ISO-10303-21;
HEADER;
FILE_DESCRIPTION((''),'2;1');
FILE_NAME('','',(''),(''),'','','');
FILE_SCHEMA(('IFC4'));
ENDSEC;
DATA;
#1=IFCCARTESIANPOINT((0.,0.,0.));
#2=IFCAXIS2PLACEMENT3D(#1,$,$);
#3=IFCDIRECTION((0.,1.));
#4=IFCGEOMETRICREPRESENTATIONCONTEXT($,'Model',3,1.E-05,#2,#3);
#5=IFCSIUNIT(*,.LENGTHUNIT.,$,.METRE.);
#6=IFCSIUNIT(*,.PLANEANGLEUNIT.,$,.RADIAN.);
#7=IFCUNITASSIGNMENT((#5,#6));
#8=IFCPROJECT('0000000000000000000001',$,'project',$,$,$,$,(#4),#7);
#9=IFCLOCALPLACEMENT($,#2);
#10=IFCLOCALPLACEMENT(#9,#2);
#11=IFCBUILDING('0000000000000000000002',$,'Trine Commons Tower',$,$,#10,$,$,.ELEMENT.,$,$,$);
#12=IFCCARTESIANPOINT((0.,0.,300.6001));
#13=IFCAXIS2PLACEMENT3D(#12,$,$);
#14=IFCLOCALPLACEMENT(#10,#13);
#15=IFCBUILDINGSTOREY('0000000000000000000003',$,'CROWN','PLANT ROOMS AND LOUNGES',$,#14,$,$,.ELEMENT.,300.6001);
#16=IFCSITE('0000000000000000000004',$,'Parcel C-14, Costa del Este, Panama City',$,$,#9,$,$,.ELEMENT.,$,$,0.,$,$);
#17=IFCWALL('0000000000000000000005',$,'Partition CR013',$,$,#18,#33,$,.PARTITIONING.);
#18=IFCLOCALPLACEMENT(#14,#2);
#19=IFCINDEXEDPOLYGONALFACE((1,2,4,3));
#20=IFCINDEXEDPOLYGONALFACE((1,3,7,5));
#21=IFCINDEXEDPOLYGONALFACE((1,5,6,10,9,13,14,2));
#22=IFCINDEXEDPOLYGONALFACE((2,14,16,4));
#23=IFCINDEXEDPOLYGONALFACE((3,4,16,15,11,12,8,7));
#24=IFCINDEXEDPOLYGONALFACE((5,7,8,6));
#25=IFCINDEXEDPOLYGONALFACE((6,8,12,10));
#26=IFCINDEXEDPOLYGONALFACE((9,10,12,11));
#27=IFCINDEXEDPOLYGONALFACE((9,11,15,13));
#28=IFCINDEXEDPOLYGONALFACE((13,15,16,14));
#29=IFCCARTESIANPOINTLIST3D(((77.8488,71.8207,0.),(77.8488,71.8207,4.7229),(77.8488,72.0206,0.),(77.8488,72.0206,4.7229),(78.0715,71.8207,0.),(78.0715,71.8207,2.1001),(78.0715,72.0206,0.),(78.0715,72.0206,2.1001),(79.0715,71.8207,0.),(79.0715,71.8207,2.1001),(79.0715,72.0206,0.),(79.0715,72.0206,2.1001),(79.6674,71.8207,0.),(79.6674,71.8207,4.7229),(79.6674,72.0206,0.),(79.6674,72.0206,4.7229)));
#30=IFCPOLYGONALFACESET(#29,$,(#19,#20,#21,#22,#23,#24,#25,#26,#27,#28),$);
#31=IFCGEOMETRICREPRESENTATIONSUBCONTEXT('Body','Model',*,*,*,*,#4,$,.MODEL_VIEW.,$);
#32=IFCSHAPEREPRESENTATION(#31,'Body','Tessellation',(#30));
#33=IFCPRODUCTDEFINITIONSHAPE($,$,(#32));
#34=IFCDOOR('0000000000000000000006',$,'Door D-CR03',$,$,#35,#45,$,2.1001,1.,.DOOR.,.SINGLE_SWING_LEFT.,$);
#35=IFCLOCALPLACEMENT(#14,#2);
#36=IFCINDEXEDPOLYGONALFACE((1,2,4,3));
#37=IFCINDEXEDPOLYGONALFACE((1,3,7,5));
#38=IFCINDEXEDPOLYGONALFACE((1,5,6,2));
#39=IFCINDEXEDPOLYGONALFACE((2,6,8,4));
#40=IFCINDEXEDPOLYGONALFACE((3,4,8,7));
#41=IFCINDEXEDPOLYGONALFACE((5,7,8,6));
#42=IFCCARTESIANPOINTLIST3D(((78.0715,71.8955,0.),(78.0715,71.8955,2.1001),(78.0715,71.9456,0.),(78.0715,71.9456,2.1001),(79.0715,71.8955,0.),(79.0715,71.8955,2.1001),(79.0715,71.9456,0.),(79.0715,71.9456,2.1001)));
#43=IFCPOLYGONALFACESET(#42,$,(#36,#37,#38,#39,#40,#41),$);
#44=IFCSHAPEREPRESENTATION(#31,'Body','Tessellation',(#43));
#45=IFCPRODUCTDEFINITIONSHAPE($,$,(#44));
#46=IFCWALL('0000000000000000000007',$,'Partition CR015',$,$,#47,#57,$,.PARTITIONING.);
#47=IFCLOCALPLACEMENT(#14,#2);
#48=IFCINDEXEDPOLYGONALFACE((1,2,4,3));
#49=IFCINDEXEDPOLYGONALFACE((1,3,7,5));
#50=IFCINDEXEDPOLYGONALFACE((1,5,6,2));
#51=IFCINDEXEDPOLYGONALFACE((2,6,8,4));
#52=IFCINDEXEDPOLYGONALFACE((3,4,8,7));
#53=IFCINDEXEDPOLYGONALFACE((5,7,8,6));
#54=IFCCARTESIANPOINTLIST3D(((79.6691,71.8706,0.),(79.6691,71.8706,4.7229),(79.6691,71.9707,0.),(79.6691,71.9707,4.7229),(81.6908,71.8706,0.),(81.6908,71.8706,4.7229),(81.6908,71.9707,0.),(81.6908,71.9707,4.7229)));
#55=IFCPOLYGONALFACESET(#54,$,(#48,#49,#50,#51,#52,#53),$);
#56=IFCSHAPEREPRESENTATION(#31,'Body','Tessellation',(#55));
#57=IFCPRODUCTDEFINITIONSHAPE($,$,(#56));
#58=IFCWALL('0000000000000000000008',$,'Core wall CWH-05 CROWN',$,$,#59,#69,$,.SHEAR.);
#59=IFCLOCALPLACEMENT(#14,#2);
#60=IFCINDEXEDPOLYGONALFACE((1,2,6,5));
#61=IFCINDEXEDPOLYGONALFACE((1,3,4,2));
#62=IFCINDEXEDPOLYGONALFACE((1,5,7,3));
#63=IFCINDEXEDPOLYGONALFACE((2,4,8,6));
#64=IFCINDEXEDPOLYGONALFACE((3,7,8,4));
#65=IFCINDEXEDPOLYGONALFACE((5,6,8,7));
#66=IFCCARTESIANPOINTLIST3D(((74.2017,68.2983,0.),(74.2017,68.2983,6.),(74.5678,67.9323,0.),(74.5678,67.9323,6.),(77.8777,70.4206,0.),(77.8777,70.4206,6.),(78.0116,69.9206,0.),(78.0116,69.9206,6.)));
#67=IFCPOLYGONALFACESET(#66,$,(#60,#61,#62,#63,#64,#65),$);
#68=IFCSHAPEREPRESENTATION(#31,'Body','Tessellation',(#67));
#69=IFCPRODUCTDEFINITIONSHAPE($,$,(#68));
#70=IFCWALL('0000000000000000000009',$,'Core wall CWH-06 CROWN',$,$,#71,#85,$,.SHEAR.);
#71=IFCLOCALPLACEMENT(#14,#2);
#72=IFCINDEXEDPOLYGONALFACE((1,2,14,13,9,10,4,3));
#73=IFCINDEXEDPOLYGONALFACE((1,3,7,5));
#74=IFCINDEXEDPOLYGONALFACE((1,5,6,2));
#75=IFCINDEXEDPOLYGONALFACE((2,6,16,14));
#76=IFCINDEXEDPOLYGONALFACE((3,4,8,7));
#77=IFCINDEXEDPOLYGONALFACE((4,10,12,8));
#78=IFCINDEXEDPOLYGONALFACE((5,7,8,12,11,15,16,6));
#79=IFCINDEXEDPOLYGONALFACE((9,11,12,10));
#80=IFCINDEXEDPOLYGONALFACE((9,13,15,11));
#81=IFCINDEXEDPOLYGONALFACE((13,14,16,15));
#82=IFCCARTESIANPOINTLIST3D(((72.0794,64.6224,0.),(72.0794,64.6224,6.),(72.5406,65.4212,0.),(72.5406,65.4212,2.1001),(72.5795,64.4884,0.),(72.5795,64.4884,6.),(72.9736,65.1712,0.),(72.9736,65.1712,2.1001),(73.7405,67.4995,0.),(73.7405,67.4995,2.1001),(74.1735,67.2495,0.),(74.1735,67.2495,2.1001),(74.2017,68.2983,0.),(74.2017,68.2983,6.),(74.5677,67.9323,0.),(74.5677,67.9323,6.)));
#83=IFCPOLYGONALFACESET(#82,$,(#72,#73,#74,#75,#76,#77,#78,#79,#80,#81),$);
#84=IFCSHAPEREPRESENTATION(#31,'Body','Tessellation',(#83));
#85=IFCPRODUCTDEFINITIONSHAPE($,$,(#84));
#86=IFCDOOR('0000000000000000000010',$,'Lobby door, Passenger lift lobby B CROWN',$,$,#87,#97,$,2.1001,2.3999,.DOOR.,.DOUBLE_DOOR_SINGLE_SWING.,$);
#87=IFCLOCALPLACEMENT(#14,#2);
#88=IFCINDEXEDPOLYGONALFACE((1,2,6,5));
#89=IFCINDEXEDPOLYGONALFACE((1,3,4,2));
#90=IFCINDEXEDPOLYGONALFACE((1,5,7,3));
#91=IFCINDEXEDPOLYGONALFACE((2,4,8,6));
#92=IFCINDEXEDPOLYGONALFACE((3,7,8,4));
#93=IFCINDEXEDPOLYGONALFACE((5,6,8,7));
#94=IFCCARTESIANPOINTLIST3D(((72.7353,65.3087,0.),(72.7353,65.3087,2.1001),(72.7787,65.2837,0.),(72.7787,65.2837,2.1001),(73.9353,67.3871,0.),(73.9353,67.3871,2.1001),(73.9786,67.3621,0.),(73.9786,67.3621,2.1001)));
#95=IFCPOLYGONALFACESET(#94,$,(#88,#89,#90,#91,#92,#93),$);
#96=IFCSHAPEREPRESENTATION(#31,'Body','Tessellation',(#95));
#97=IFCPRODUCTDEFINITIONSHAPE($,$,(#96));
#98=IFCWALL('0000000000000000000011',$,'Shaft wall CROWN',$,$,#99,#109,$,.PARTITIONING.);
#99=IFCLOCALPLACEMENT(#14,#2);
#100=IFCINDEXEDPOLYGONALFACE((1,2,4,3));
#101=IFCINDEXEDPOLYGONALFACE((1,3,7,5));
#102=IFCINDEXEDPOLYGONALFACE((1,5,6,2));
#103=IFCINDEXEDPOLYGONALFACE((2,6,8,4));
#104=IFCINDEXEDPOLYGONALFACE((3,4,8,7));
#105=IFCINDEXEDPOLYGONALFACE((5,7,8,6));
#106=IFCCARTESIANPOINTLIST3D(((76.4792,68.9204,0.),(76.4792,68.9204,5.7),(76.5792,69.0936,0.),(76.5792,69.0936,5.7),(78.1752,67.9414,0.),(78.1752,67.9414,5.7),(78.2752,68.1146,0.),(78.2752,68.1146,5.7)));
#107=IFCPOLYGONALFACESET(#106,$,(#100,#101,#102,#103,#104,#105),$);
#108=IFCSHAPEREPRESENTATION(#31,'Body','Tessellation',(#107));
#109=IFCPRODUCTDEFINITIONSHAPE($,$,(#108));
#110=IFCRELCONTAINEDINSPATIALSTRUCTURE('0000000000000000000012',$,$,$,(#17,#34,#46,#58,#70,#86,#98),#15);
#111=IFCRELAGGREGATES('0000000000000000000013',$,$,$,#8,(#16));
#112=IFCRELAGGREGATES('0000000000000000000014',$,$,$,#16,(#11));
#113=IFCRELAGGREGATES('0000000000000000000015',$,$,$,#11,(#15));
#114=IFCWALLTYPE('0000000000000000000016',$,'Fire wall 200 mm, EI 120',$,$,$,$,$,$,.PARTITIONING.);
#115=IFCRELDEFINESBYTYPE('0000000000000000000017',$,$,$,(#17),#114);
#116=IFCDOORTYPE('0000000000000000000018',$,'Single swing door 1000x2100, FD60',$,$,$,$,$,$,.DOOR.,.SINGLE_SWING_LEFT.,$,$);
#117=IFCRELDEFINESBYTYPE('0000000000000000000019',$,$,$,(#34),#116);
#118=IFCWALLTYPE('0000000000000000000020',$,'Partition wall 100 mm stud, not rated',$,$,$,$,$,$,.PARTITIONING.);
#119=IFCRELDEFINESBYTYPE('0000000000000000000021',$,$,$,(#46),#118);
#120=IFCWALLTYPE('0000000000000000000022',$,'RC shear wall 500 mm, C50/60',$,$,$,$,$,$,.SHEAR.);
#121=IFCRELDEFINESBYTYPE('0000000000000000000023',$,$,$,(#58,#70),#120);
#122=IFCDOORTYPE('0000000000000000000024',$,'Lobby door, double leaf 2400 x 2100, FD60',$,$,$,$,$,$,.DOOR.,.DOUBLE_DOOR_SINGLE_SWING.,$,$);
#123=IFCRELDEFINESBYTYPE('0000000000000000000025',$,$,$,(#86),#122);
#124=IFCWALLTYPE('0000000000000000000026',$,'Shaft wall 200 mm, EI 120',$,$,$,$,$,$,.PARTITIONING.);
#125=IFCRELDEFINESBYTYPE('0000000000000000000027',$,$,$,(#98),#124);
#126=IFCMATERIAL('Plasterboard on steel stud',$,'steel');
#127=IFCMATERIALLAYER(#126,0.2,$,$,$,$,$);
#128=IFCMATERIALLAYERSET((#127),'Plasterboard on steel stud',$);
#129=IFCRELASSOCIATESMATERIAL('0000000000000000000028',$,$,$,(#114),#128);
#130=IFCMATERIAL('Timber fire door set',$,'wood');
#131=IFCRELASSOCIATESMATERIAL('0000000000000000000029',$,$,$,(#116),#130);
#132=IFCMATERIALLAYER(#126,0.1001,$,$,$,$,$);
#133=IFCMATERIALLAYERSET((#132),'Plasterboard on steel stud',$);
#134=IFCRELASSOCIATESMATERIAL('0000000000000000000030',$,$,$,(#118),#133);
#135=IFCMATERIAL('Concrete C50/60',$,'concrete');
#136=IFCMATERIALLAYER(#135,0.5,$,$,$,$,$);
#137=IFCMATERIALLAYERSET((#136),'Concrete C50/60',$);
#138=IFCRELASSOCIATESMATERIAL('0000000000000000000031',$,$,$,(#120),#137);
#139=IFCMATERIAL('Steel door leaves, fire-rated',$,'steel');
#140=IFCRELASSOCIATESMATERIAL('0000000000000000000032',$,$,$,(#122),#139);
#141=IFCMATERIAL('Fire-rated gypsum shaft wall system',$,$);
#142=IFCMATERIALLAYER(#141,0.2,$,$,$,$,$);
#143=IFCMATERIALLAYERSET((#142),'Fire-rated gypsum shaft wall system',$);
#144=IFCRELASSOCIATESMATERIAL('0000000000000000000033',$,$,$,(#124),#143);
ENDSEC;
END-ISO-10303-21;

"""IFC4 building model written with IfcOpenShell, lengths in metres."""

from ifc_helpers import new_model, si_unit, direction, frame, frame_2d, origin, place, context, subcontext, project, spatial, polyline, rectangle, outline, extrude, material, layer, layer_set, type_object, element, fill, save


model = new_model("IFC4")

# Units and contexts
model_context = context("Model", 3, precision=1e-05, world=origin(), true_north=direction((0.0, 1.0)))
body_context = subcontext(model_context, "Body", "Model", "MODEL_VIEW")
ifc_project = project(units=[si_unit("LENGTHUNIT", "METRE"), si_unit("PLANEANGLEUNIT", "RADIAN")], contexts=[model_context])

# Site, building, storey
site_placement = place(None, origin())
site = spatial("IfcSite", under=ifc_project, at=site_placement, Name="Parcel C-14, Costa del Este, Panama City", CompositionType="ELEMENT", RefElevation=0.0)
building_placement = place(site_placement, origin())
building = spatial("IfcBuilding", under=site, at=building_placement, Name="Trine Commons Tower", CompositionType="ELEMENT")
storey_placement = place(building_placement, frame((0.0, 0.0, 300.6001)))
storey = spatial("IfcBuildingStorey", under=building, at=storey_placement, Name="CROWN", Description="PLANT ROOMS AND LOUNGES", CompositionType="ELEMENT", Elevation=300.6001)

# Shared definitions
ifc_material_1 = material(Name="Plasterboard on steel stud", Category="steel")
ifc_layer_1 = layer(ifc_material_1, 0.2)
ifc_layer_set_1 = layer_set([ifc_layer_1], Name="Plasterboard on steel stud")
wall_type_1 = type_object("IfcWallType", Name="Fire wall 200 mm, EI 120", PredefinedType="PARTITIONING", material=ifc_layer_set_1)

# Wall, opening, door
wall_1_placement = place(storey_placement, frame((77.8489, 71.9207, 0.0), z_axis=(0.0, 0.0, 1.0), x_axis=(1.0, 0.0, 0.0)))
wall_1 = element("IfcWall", 1, at=wall_1_placement, inside=storey, type_object=wall_type_1, Name="Partition CR013", PredefinedType="PARTITIONING", context=body_context, shape_type="SweptSolid", body=[
    extrude(rectangle(XDim=1.8186, YDim=0.2, at=frame_2d((0.9092, 0.0))), origin(), (0.0, 0.0, 1.0), 4.7229),
])
opening_1_placement = place(wall_1_placement, frame((0.2227, 0.0, 0.0)))
opening_1 = element("IfcOpeningElement", 2, at=opening_1_placement, cuts=wall_1, PredefinedType="OPENING", context=body_context, shape_type="SweptSolid", body=[
    extrude(rectangle(XDim=1.0, YDim=2.1001, at=frame_2d((0.5, 1.05))), frame((0.0, 0.1099, 0.0), z_axis=(0.0, -1.0, 0.0), x_axis=(1.0, 0.0, 0.0)), (0.0, 0.0, 1.0), 0.22),
])
ifc_material_2 = material(Name="Timber fire door set", Category="wood")
door_type_1 = type_object("IfcDoorType", Name="Single swing door 1000x2100, FD60", OperationType="SINGLE_SWING_LEFT", PredefinedType="DOOR", material=ifc_material_2)
door_1_placement = place(opening_1_placement, origin())
door_1 = element("IfcDoor", 3, at=door_1_placement, inside=storey, type_object=door_type_1, Name="Door D-CR03", OperationType="SINGLE_SWING_LEFT", OverallHeight=2.1001, OverallWidth=1.0, PredefinedType="DOOR", context=body_context, shape_type="SweptSolid", body=[
    extrude(rectangle(XDim=1.0, YDim=2.1001, at=frame_2d((0.5, 1.05))), frame((0.0, 0.0249, 0.0), z_axis=(0.0, -1.0, 0.0), x_axis=(1.0, 0.0, 0.0)), (0.0, 0.0, 1.0), 0.05),
])
fill(opening_1, door_1)

# Walls
ifc_layer_2 = layer(ifc_material_1, 0.1001)
ifc_layer_set_2 = layer_set([ifc_layer_2], Name="Plasterboard on steel stud")
wall_type_2 = type_object("IfcWallType", Name="Partition wall 100 mm stud, not rated", PredefinedType="PARTITIONING", material=ifc_layer_set_2)
wall_2_placement = place(storey_placement, frame((79.6692, 71.9207, 0.0), z_axis=(0.0, 0.0, 1.0), x_axis=(1.0, 0.0, 0.0)))
element("IfcWall", 4, at=wall_2_placement, inside=storey, type_object=wall_type_2, Name="Partition CR015", PredefinedType="PARTITIONING", context=body_context, shape_type="SweptSolid", body=[
    extrude(rectangle(XDim=2.0217, YDim=0.1001, at=frame_2d((1.0107, 0.0))), origin(), (0.0, 0.0, 1.0), 4.7229),
])
ifc_material_3 = material(Name="Concrete C50/60", Category="concrete")
ifc_layer_3 = layer(ifc_material_3, 0.5)
ifc_layer_set_3 = layer_set([ifc_layer_3], Name="Concrete C50/60")
wall_type_3 = type_object("IfcWallType", Name="RC shear wall 500 mm, C50/60", PredefinedType="SHEAR", material=ifc_layer_set_3)
wall_3_placement = place(storey_placement, frame((78.0027, 70.2041, 0.0), z_axis=(0.0, 0.0, 1.0), x_axis=(-0.866029, -0.499993, 0.0)))
element("IfcWall", 5, at=wall_3_placement, inside=storey, type_object=wall_type_3, Name="Core wall CWH-05 CROWN", PredefinedType="SHEAR", context=body_context, shape_type="SweptSolid", body=[
    extrude(outline(polyline([(0.0, -0.25), (4.2446, -0.25), (4.1106, 0.25), (0.134, 0.25), (0.0, -0.25)])), origin(), (0.0, 0.0, 1.0), 6.0),
])

# Wall, opening, door
wall_4_placement = place(storey_placement, frame((74.4182, 68.1733, 0.0), z_axis=(0.0, 0.0, 1.0), x_axis=(-0.499993, -0.866029, 0.0)))
wall_4 = element("IfcWall", 6, at=wall_4_placement, inside=storey, type_object=wall_type_3, Name="Core wall CWH-06 CROWN", PredefinedType="SHEAR", context=body_context, shape_type="SweptSolid", body=[
    extrude(outline(polyline([(0.0, -0.25), (4.2446, -0.25), (4.1106, 0.25), (0.134, 0.25), (0.0, -0.25)])), origin(), (0.0, 0.0, 1.0), 6.0),
])
opening_2_placement = place(wall_4_placement, frame((0.9224, 0.0, 0.0)))
opening_2 = element("IfcOpeningElement", 7, at=opening_2_placement, cuts=wall_4, PredefinedType="OPENING", context=body_context, shape_type="SweptSolid", body=[
    extrude(rectangle(XDim=2.3999, YDim=2.1001, at=frame_2d((1.2, 1.05))), frame((0.0, 0.26, 0.0), z_axis=(0.0, -1.0, 0.0), x_axis=(1.0, 0.0, 0.0)), (0.0, 0.0, 1.0), 0.52),
])
ifc_material_4 = material(Name="Steel door leaves, fire-rated", Category="steel")
door_type_2 = type_object("IfcDoorType", Name="Lobby door, double leaf 2400 x 2100, FD60", OperationType="DOUBLE_DOOR_SINGLE_SWING", PredefinedType="DOOR", material=ifc_material_4)
door_2_placement = place(opening_2_placement, origin())
door_2 = element("IfcDoor", 8, at=door_2_placement, inside=storey, type_object=door_type_2, Name="Lobby door, Passenger lift lobby B CROWN", OperationType="DOUBLE_DOOR_SINGLE_SWING", OverallHeight=2.1001, OverallWidth=2.3999, PredefinedType="DOOR", context=body_context, shape_type="SweptSolid", body=[
    extrude(rectangle(XDim=2.3999, YDim=2.1001, at=frame_2d((1.2, 1.05))), frame((0.0, 0.0249, 0.0), z_axis=(0.0, -1.0, 0.0), x_axis=(1.0, 0.0, 0.0)), (0.0, 0.0, 1.0), 0.05),
])
fill(opening_2, door_2)

# Wall
ifc_material_5 = material(Name="Fire-rated gypsum shaft wall system")
ifc_layer_4 = layer(ifc_material_5, 0.2)
ifc_layer_set_4 = layer_set([ifc_layer_4], Name="Fire-rated gypsum shaft wall system")
wall_type_4 = type_object("IfcWallType", Name="Shaft wall 200 mm, EI 120", PredefinedType="PARTITIONING", material=ifc_layer_set_4)
wall_5_placement = place(storey_placement, frame((78.2251, 68.0281, 0.0), z_axis=(0.0, 0.0, 1.0), x_axis=(-0.866071, 0.49992, 0.0)))
element("IfcWall", 9, at=wall_5_placement, inside=storey, type_object=wall_type_4, Name="Shaft wall CROWN", PredefinedType="PARTITIONING", context=body_context, shape_type="SweptSolid", body=[
    extrude(rectangle(XDim=1.9583, YDim=0.2, at=frame_2d((0.979, 0.0))), origin(), (0.0, 0.0, 1.0), 5.7),
])

save(model, "model.ifc")
